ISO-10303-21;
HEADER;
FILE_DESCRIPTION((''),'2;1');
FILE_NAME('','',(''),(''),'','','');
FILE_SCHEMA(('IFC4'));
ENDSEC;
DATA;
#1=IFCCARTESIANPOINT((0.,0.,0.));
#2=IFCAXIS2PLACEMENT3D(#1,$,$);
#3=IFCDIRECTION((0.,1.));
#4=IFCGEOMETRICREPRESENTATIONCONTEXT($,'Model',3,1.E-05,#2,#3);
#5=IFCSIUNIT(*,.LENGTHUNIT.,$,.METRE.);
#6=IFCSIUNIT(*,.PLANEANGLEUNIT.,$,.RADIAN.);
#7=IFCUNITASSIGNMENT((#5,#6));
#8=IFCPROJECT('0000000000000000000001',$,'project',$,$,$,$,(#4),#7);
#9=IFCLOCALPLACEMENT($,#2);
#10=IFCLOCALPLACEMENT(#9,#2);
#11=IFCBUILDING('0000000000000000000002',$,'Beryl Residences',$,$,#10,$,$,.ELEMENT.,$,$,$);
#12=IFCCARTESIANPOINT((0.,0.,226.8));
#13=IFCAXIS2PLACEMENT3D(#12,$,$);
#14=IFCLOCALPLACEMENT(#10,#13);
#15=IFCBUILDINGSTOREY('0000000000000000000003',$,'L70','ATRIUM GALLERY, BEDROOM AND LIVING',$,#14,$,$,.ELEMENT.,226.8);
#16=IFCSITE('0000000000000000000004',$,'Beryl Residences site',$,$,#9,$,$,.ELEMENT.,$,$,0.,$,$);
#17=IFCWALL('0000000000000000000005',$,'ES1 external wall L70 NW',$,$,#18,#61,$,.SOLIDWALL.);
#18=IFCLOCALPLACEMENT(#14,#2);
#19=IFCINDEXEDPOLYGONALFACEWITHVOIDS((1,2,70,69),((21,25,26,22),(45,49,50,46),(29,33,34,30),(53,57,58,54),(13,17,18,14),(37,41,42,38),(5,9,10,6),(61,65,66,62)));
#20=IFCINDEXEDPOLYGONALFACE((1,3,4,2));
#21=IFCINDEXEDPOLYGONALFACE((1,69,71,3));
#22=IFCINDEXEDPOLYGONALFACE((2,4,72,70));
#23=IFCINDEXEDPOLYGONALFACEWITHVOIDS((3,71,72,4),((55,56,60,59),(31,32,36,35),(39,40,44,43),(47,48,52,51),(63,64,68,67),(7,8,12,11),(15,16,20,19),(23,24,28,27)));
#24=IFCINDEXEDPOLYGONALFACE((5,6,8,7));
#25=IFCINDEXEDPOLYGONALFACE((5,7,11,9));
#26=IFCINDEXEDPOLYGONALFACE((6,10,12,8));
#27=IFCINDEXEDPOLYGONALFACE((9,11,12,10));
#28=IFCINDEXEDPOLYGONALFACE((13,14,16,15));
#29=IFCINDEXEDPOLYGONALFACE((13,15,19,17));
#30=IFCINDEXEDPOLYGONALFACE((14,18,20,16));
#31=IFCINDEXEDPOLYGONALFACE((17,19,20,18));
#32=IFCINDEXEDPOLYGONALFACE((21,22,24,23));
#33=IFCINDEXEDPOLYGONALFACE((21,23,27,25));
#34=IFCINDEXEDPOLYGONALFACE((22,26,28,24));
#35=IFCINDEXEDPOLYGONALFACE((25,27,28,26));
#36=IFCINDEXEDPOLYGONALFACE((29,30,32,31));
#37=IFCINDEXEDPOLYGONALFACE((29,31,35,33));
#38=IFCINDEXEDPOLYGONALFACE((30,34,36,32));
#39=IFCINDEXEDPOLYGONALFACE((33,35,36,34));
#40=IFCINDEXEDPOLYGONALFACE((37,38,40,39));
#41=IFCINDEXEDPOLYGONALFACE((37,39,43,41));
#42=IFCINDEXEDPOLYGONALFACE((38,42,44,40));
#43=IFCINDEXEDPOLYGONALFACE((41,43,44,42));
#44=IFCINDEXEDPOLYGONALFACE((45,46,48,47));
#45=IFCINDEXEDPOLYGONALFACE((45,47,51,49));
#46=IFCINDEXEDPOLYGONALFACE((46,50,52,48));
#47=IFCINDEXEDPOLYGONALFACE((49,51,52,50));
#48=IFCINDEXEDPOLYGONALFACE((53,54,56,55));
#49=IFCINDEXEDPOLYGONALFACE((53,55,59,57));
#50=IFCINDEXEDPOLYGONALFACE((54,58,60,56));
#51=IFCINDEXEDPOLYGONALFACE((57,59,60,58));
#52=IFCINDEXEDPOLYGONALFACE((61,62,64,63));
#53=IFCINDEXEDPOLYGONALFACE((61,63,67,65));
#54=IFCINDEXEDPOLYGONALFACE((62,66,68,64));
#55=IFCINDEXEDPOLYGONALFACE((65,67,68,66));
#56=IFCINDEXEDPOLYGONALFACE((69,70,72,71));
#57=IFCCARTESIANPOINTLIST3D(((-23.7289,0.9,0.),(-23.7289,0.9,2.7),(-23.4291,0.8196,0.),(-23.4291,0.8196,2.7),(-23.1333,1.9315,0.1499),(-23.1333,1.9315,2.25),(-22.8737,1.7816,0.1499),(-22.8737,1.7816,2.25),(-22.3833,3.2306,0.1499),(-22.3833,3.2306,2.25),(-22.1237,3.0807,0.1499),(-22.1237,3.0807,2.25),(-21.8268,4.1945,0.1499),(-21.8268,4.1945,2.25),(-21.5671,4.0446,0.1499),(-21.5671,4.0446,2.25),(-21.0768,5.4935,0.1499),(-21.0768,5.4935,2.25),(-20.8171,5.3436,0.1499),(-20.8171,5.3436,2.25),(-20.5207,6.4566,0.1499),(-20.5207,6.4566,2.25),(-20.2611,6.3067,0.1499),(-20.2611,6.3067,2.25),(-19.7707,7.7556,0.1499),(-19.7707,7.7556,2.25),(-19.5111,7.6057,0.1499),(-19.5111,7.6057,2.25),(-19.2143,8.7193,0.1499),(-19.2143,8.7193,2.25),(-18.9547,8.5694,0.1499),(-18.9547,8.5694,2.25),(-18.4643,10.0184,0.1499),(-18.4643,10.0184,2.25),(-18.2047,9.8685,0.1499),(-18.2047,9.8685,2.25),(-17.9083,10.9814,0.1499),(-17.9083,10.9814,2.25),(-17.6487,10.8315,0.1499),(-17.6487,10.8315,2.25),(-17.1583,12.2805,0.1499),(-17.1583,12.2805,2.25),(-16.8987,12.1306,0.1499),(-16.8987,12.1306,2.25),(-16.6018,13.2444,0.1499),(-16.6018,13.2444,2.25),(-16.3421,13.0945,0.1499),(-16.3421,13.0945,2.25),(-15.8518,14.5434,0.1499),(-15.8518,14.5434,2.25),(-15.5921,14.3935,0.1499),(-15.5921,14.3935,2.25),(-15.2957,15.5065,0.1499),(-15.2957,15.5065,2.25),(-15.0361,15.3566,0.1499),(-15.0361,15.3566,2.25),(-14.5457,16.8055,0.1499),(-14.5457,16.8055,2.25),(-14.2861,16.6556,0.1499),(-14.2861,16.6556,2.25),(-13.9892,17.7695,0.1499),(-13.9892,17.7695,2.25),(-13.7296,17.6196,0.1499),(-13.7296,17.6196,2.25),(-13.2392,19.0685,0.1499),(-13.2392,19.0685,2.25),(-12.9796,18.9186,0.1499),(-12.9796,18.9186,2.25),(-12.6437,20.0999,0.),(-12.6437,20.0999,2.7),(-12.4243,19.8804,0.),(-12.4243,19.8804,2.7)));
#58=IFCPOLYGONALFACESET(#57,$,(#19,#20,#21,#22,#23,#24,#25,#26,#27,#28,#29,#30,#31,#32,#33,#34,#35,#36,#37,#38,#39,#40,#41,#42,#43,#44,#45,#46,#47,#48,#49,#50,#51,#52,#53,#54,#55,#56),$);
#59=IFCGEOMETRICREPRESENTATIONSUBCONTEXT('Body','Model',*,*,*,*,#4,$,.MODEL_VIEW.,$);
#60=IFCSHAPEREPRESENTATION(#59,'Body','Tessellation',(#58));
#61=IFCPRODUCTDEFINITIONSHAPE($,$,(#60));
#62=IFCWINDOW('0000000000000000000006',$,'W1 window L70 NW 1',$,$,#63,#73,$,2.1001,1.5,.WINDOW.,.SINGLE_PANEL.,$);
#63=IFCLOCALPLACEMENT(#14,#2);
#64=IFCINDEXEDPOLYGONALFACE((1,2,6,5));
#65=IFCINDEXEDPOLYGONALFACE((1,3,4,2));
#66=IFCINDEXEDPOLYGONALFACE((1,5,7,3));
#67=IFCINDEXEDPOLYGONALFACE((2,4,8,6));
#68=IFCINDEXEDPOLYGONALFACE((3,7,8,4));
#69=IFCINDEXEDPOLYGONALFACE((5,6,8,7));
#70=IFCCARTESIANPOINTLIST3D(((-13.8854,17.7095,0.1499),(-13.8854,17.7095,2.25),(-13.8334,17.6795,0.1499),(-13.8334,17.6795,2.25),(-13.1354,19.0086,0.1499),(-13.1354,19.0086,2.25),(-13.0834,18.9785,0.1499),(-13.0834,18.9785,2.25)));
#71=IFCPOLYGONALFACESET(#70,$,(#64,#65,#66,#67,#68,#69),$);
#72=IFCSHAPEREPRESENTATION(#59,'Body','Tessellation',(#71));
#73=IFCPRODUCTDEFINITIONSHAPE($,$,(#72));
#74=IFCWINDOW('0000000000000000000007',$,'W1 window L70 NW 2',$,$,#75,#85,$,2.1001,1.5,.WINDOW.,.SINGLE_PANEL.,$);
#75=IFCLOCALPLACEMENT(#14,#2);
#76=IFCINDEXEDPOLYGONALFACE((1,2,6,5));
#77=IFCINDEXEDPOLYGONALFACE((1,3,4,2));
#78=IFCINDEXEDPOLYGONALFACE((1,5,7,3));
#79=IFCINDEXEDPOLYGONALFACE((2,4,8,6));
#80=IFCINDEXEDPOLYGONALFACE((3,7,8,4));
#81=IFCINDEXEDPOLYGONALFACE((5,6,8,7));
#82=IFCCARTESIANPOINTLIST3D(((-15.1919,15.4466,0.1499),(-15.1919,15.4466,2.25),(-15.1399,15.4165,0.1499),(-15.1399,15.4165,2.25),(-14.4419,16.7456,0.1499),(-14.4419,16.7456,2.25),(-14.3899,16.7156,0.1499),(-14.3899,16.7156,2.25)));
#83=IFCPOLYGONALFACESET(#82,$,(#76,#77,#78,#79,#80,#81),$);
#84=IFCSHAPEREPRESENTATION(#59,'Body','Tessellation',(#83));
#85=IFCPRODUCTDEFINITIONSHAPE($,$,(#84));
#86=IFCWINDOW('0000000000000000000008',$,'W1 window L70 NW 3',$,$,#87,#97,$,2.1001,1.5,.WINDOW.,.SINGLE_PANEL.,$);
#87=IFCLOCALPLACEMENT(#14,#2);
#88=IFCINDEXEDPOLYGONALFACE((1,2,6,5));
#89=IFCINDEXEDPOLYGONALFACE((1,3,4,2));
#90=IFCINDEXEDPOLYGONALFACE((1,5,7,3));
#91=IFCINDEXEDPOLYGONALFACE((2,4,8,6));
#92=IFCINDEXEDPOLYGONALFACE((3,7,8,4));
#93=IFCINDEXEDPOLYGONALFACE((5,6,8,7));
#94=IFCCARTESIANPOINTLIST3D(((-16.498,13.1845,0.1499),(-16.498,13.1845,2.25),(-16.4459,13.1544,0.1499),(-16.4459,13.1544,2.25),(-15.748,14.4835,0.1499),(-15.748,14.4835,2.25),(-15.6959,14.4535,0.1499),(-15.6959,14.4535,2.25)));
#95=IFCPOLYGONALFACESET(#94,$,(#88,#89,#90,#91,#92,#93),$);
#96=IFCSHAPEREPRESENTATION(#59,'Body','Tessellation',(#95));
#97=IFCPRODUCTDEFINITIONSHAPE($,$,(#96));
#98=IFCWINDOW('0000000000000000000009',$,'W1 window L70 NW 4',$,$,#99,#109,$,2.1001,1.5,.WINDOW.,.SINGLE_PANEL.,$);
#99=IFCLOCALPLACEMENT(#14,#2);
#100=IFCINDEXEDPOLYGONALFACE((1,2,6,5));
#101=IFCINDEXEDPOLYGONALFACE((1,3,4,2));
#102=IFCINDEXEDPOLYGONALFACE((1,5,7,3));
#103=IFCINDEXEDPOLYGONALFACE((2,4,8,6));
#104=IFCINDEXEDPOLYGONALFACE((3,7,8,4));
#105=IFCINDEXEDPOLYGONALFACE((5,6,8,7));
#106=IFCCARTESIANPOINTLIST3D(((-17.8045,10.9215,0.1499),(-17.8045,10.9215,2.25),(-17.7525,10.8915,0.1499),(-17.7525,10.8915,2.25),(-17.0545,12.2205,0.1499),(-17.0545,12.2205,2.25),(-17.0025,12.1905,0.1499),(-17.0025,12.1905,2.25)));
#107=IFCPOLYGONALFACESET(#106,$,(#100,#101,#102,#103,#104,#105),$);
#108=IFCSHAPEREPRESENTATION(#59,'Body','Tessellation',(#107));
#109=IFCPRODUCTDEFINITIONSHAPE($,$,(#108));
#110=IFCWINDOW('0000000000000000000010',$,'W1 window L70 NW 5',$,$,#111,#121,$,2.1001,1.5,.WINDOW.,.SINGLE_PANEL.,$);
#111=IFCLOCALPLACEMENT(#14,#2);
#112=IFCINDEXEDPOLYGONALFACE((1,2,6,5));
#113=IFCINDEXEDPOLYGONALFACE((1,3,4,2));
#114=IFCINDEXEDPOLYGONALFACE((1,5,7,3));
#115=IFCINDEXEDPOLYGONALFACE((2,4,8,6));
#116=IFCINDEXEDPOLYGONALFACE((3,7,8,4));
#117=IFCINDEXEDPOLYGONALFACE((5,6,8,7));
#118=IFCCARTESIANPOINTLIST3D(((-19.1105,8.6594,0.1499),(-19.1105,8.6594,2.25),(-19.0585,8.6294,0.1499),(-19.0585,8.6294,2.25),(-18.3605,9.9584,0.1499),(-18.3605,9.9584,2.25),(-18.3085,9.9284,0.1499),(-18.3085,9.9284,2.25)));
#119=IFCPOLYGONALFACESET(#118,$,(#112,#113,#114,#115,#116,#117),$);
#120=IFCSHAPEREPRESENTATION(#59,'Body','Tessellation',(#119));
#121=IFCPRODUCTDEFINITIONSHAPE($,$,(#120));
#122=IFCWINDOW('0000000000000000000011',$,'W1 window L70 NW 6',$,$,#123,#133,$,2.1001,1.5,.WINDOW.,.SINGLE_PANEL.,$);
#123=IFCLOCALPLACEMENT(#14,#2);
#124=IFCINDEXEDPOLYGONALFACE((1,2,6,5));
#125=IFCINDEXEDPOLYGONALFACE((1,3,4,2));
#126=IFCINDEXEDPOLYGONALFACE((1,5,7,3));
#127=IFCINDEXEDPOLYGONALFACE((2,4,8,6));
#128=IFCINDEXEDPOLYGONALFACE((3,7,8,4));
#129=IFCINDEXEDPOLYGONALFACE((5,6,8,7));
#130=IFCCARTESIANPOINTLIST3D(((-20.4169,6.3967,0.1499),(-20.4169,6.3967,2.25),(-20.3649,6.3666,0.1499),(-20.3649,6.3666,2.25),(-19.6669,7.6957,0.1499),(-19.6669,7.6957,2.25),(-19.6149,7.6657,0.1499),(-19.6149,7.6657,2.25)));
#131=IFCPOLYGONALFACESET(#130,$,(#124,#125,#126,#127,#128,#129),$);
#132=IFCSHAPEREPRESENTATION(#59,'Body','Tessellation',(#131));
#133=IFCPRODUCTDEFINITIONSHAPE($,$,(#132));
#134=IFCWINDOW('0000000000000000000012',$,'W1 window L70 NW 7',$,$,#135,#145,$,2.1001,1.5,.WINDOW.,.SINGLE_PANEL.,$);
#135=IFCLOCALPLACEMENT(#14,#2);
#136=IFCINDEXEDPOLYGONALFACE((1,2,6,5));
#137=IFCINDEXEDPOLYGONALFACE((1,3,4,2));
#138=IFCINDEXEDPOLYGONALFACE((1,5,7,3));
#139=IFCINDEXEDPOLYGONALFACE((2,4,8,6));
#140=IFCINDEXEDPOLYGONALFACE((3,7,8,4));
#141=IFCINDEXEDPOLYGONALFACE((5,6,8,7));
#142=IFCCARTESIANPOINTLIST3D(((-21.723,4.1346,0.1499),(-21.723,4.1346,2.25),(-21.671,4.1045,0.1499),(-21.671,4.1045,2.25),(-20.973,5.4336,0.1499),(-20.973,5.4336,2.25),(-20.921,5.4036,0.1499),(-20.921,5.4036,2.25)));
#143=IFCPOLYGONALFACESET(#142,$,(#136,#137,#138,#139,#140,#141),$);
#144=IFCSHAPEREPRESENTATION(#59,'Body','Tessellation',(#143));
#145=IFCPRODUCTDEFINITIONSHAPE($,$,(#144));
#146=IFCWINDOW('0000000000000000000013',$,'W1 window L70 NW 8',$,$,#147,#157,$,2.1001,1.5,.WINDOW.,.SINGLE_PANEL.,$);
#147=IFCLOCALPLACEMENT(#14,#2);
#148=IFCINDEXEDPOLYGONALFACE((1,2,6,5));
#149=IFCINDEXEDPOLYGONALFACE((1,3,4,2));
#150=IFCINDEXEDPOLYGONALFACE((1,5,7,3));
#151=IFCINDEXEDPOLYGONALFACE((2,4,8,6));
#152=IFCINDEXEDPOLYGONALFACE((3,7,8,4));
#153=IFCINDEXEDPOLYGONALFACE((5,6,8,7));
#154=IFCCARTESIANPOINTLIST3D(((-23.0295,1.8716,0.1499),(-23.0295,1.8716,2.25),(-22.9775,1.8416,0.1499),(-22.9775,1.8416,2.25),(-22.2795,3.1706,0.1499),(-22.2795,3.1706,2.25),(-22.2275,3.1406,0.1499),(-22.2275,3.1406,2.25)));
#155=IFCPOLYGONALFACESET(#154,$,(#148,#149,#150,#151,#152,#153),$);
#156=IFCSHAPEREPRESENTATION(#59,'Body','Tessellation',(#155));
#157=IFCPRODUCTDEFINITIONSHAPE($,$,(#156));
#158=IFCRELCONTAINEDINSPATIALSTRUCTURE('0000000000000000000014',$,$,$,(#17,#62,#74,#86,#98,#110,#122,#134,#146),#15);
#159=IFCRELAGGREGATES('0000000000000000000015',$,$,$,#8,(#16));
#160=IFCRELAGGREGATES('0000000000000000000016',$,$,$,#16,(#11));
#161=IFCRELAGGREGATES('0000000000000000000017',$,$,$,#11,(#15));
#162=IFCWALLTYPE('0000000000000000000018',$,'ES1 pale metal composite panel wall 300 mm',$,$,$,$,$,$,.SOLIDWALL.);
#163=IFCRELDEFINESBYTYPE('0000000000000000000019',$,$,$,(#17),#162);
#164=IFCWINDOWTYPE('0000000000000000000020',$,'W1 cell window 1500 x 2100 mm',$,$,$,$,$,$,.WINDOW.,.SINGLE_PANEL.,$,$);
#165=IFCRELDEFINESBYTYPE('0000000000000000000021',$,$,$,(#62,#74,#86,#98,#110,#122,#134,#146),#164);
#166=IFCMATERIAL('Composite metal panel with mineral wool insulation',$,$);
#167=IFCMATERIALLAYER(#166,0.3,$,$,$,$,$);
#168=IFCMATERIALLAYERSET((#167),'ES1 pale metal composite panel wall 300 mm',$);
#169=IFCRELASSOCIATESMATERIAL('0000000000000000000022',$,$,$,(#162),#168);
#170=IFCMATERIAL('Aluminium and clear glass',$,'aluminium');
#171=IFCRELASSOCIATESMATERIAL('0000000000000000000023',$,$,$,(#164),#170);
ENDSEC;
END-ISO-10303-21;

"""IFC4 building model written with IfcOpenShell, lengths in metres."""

from ifc_helpers import new_model, si_unit, direction, frame, frame_2d, origin, place, context, subcontext, project, spatial, polyline, rectangle, outline, extrude, material, layer, layer_set, type_object, element, fill, save


model = new_model("IFC4")

# Units and contexts
model_context = context("Model", 3, precision=1e-05, world=origin(), true_north=direction((0.0, 1.0)))
body_context = subcontext(model_context, "Body", "Model", "MODEL_VIEW")
ifc_project = project(units=[si_unit("LENGTHUNIT", "METRE"), si_unit("PLANEANGLEUNIT", "RADIAN")], contexts=[model_context])

# Site, building, storey
site_placement = place(None, origin())
site = spatial("IfcSite", under=ifc_project, at=site_placement, Name="Beryl Residences site", CompositionType="ELEMENT", RefElevation=0.0)
building_placement = place(site_placement, origin())
building = spatial("IfcBuilding", under=site, at=building_placement, Name="Beryl Residences", CompositionType="ELEMENT")
storey_placement = place(building_placement, frame((0.0, 0.0, 226.8)))
storey = spatial("IfcBuildingStorey", under=building, at=storey_placement, Name="L70", Description="ATRIUM GALLERY, BEDROOM AND LIVING", CompositionType="ELEMENT", Elevation=226.8)

# Wall, openings, windows
ifc_material_1 = material(Name="Composite metal panel with mineral wool insulation")
ifc_layer_1 = layer(ifc_material_1, 0.3)
ifc_layer_set_1 = layer_set([ifc_layer_1], Name="ES1 pale metal composite panel wall 300 mm")
wall_type_1 = type_object("IfcWallType", Name="ES1 pale metal composite panel wall 300 mm", PredefinedType="SOLIDWALL", material=ifc_layer_set_1)
wall_1_placement = place(storey_placement, frame((-12.5139, 20.0249, 0.0), z_axis=(0.0, 0.0, 1.0), x_axis=(-0.500004, -0.866023, 0.0)))
wall_1 = element("IfcWall", 1, at=wall_1_placement, inside=storey, type_object=wall_type_1, Name="ES1 external wall L70 NW", PredefinedType="SOLIDWALL", context=body_context, shape_type="SweptSolid", body=[
    extrude(outline(polyline([(0.0, -0.1499), (22.1702, -0.1499), (22.0898, 0.1499), (0.0803, 0.1499), (0.0, -0.1499)])), origin(), (0.0, 0.0, 1.0), 2.7),
])
opening_1_placement = place(wall_1_placement, frame((1.1909, 0.0, 0.1499)))
opening_1 = element("IfcOpeningElement", 2, at=opening_1_placement, cuts=wall_1, PredefinedType="OPENING", context=body_context, shape_type="SweptSolid", body=[
    extrude(rectangle(XDim=1.5, YDim=2.1001, at=frame_2d((0.75, 1.05))), frame((0.0, 0.1599, 0.0), z_axis=(0.0, -1.0, 0.0), x_axis=(1.0, 0.0, 0.0)), (0.0, 0.0, 1.0), 0.3201),
])
opening_2_placement = place(wall_1_placement, frame((3.804, 0.0, 0.1499)))
opening_2 = element("IfcOpeningElement", 3, at=opening_2_placement, cuts=wall_1, PredefinedType="OPENING", context=body_context, shape_type="SweptSolid", body=[
    extrude(rectangle(XDim=1.5, YDim=2.1001, at=frame_2d((0.75, 1.05))), frame((0.0, 0.1599, 0.0), z_axis=(0.0, -1.0, 0.0), x_axis=(1.0, 0.0, 0.0)), (0.0, 0.0, 1.0), 0.3201),
])
opening_3_placement = place(wall_1_placement, frame((6.416, 0.0, 0.1499)))
opening_3 = element("IfcOpeningElement", 4, at=opening_3_placement, cuts=wall_1, PredefinedType="OPENING", context=body_context, shape_type="SweptSolid", body=[
    extrude(rectangle(XDim=1.5, YDim=2.1001, at=frame_2d((0.75, 1.05))), frame((0.0, 0.1599, 0.0), z_axis=(0.0, -1.0, 0.0), x_axis=(1.0, 0.0, 0.0)), (0.0, 0.0, 1.0), 0.3201),
])
opening_4_placement = place(wall_1_placement, frame((9.0291, 0.0, 0.1499)))
opening_4 = element("IfcOpeningElement", 5, at=opening_4_placement, cuts=wall_1, PredefinedType="OPENING", context=body_context, shape_type="SweptSolid", body=[
    extrude(rectangle(XDim=1.5, YDim=2.1001, at=frame_2d((0.75, 1.05))), frame((0.0, 0.1599, 0.0), z_axis=(0.0, -1.0, 0.0), x_axis=(1.0, 0.0, 0.0)), (0.0, 0.0, 1.0), 0.3201),
])
opening_5_placement = place(wall_1_placement, frame((11.6411, 0.0, 0.1499)))
opening_5 = element("IfcOpeningElement", 6, at=opening_5_placement, cuts=wall_1, PredefinedType="OPENING", context=body_context, shape_type="SweptSolid", body=[
    extrude(rectangle(XDim=1.5, YDim=2.1001, at=frame_2d((0.75, 1.05))), frame((0.0, 0.1599, 0.0), z_axis=(0.0, -1.0, 0.0), x_axis=(1.0, 0.0, 0.0)), (0.0, 0.0, 1.0), 0.3201),
])
opening_6_placement = place(wall_1_placement, frame((14.2539, 0.0, 0.1499)))
opening_6 = element("IfcOpeningElement", 7, at=opening_6_placement, cuts=wall_1, PredefinedType="OPENING", context=body_context, shape_type="SweptSolid", body=[
    extrude(rectangle(XDim=1.5, YDim=2.1001, at=frame_2d((0.75, 1.05))), frame((0.0, 0.1599, 0.0), z_axis=(0.0, -1.0, 0.0), x_axis=(1.0, 0.0, 0.0)), (0.0, 0.0, 1.0), 0.3201),
])
opening_7_placement = place(wall_1_placement, frame((16.866, 0.0, 0.1499)))
opening_7 = element("IfcOpeningElement", 8, at=opening_7_placement, cuts=wall_1, PredefinedType="OPENING", context=body_context, shape_type="SweptSolid", body=[
    extrude(rectangle(XDim=1.5, YDim=2.1001, at=frame_2d((0.75, 1.05))), frame((0.0, 0.1599, 0.0), z_axis=(0.0, -1.0, 0.0), x_axis=(1.0, 0.0, 0.0)), (0.0, 0.0, 1.0), 0.3201),
])
opening_8_placement = place(wall_1_placement, frame((19.479, 0.0, 0.1499)))
opening_8 = element("IfcOpeningElement", 9, at=opening_8_placement, cuts=wall_1, PredefinedType="OPENING", context=body_context, shape_type="SweptSolid", body=[
    extrude(rectangle(XDim=1.5, YDim=2.1001, at=frame_2d((0.75, 1.05))), frame((0.0, 0.1599, 0.0), z_axis=(0.0, -1.0, 0.0), x_axis=(1.0, 0.0, 0.0)), (0.0, 0.0, 1.0), 0.3201),
])
ifc_material_2 = material(Name="Aluminium and clear glass", Category="aluminium")
window_type = type_object("IfcWindowType", Name="W1 cell window 1500 x 2100 mm", PartitioningType="SINGLE_PANEL", PredefinedType="WINDOW", material=ifc_material_2)
window_1_placement = place(opening_1_placement, origin())
window_1 = element("IfcWindow", 10, at=window_1_placement, inside=storey, type_object=window_type, Name="W1 window L70 NW 1", OverallHeight=2.1001, OverallWidth=1.5, PartitioningType="SINGLE_PANEL", PredefinedType="WINDOW", context=body_context, shape_type="SweptSolid", body=[
    extrude(rectangle(XDim=1.5, YDim=2.1001, at=frame_2d((0.75, 1.05))), frame((0.0, 0.03, 0.0), z_axis=(0.0, -1.0, 0.0), x_axis=(1.0, 0.0, 0.0)), (0.0, 0.0, 1.0), 0.0601),
])
fill(opening_1, window_1)
window_2_placement = place(opening_2_placement, origin())
window_2 = element("IfcWindow", 11, at=window_2_placement, inside=storey, type_object=window_type, Name="W1 window L70 NW 2", OverallHeight=2.1001, OverallWidth=1.5, PartitioningType="SINGLE_PANEL", PredefinedType="WINDOW", context=body_context, shape_type="SweptSolid", body=[
    extrude(rectangle(XDim=1.5, YDim=2.1001, at=frame_2d((0.75, 1.05))), frame((0.0, 0.03, 0.0), z_axis=(0.0, -1.0, 0.0), x_axis=(1.0, 0.0, 0.0)), (0.0, 0.0, 1.0), 0.0601),
])
fill(opening_2, window_2)
window_3_placement = place(opening_3_placement, origin())
window_3 = element("IfcWindow", 12, at=window_3_placement, inside=storey, type_object=window_type, Name="W1 window L70 NW 3", OverallHeight=2.1001, OverallWidth=1.5, PartitioningType="SINGLE_PANEL", PredefinedType="WINDOW", context=body_context, shape_type="SweptSolid", body=[
    extrude(rectangle(XDim=1.5, YDim=2.1001, at=frame_2d((0.75, 1.05))), frame((0.0, 0.03, 0.0), z_axis=(0.0, -1.0, 0.0), x_axis=(1.0, 0.0, 0.0)), (0.0, 0.0, 1.0), 0.0601),
])
fill(opening_3, window_3)
window_4_placement = place(opening_4_placement, origin())
window_4 = element("IfcWindow", 13, at=window_4_placement, inside=storey, type_object=window_type, Name="W1 window L70 NW 4", OverallHeight=2.1001, OverallWidth=1.5, PartitioningType="SINGLE_PANEL", PredefinedType="WINDOW", context=body_context, shape_type="SweptSolid", body=[
    extrude(rectangle(XDim=1.5, YDim=2.1001, at=frame_2d((0.75, 1.05))), frame((0.0, 0.03, 0.0), z_axis=(0.0, -1.0, 0.0), x_axis=(1.0, 0.0, 0.0)), (0.0, 0.0, 1.0), 0.0601),
])
fill(opening_4, window_4)
window_5_placement = place(opening_5_placement, origin())
window_5 = element("IfcWindow", 14, at=window_5_placement, inside=storey, type_object=window_type, Name="W1 window L70 NW 5", OverallHeight=2.1001, OverallWidth=1.5, PartitioningType="SINGLE_PANEL", PredefinedType="WINDOW", context=body_context, shape_type="SweptSolid", body=[
    extrude(rectangle(XDim=1.5, YDim=2.1001, at=frame_2d((0.75, 1.05))), frame((0.0, 0.03, 0.0), z_axis=(0.0, -1.0, 0.0), x_axis=(1.0, 0.0, 0.0)), (0.0, 0.0, 1.0), 0.0601),
])
fill(opening_5, window_5)
window_6_placement = place(opening_6_placement, origin())
window_6 = element("IfcWindow", 15, at=window_6_placement, inside=storey, type_object=window_type, Name="W1 window L70 NW 6", OverallHeight=2.1001, OverallWidth=1.5, PartitioningType="SINGLE_PANEL", PredefinedType="WINDOW", context=body_context, shape_type="SweptSolid", body=[
    extrude(rectangle(XDim=1.5, YDim=2.1001, at=frame_2d((0.75, 1.05))), frame((0.0, 0.03, 0.0), z_axis=(0.0, -1.0, 0.0), x_axis=(1.0, 0.0, 0.0)), (0.0, 0.0, 1.0), 0.0601),
])
fill(opening_6, window_6)
window_7_placement = place(opening_7_placement, origin())
window_7 = element("IfcWindow", 16, at=window_7_placement, inside=storey, type_object=window_type, Name="W1 window L70 NW 7", OverallHeight=2.1001, OverallWidth=1.5, PartitioningType="SINGLE_PANEL", PredefinedType="WINDOW", context=body_context, shape_type="SweptSolid", body=[
    extrude(rectangle(XDim=1.5, YDim=2.1001, at=frame_2d((0.75, 1.05))), frame((0.0, 0.03, 0.0), z_axis=(0.0, -1.0, 0.0), x_axis=(1.0, 0.0, 0.0)), (0.0, 0.0, 1.0), 0.0601),
])
fill(opening_7, window_7)
window_8_placement = place(opening_8_placement, origin())
window_8 = element("IfcWindow", 17, at=window_8_placement, inside=storey, type_object=window_type, Name="W1 window L70 NW 8", OverallHeight=2.1001, OverallWidth=1.5, PartitioningType="SINGLE_PANEL", PredefinedType="WINDOW", context=body_context, shape_type="SweptSolid", body=[
    extrude(rectangle(XDim=1.5, YDim=2.1001, at=frame_2d((0.75, 1.05))), frame((0.0, 0.03, 0.0), z_axis=(0.0, -1.0, 0.0), x_axis=(1.0, 0.0, 0.0)), (0.0, 0.0, 1.0), 0.0601),
])
fill(opening_8, window_8)

save(model, "model.ifc")
